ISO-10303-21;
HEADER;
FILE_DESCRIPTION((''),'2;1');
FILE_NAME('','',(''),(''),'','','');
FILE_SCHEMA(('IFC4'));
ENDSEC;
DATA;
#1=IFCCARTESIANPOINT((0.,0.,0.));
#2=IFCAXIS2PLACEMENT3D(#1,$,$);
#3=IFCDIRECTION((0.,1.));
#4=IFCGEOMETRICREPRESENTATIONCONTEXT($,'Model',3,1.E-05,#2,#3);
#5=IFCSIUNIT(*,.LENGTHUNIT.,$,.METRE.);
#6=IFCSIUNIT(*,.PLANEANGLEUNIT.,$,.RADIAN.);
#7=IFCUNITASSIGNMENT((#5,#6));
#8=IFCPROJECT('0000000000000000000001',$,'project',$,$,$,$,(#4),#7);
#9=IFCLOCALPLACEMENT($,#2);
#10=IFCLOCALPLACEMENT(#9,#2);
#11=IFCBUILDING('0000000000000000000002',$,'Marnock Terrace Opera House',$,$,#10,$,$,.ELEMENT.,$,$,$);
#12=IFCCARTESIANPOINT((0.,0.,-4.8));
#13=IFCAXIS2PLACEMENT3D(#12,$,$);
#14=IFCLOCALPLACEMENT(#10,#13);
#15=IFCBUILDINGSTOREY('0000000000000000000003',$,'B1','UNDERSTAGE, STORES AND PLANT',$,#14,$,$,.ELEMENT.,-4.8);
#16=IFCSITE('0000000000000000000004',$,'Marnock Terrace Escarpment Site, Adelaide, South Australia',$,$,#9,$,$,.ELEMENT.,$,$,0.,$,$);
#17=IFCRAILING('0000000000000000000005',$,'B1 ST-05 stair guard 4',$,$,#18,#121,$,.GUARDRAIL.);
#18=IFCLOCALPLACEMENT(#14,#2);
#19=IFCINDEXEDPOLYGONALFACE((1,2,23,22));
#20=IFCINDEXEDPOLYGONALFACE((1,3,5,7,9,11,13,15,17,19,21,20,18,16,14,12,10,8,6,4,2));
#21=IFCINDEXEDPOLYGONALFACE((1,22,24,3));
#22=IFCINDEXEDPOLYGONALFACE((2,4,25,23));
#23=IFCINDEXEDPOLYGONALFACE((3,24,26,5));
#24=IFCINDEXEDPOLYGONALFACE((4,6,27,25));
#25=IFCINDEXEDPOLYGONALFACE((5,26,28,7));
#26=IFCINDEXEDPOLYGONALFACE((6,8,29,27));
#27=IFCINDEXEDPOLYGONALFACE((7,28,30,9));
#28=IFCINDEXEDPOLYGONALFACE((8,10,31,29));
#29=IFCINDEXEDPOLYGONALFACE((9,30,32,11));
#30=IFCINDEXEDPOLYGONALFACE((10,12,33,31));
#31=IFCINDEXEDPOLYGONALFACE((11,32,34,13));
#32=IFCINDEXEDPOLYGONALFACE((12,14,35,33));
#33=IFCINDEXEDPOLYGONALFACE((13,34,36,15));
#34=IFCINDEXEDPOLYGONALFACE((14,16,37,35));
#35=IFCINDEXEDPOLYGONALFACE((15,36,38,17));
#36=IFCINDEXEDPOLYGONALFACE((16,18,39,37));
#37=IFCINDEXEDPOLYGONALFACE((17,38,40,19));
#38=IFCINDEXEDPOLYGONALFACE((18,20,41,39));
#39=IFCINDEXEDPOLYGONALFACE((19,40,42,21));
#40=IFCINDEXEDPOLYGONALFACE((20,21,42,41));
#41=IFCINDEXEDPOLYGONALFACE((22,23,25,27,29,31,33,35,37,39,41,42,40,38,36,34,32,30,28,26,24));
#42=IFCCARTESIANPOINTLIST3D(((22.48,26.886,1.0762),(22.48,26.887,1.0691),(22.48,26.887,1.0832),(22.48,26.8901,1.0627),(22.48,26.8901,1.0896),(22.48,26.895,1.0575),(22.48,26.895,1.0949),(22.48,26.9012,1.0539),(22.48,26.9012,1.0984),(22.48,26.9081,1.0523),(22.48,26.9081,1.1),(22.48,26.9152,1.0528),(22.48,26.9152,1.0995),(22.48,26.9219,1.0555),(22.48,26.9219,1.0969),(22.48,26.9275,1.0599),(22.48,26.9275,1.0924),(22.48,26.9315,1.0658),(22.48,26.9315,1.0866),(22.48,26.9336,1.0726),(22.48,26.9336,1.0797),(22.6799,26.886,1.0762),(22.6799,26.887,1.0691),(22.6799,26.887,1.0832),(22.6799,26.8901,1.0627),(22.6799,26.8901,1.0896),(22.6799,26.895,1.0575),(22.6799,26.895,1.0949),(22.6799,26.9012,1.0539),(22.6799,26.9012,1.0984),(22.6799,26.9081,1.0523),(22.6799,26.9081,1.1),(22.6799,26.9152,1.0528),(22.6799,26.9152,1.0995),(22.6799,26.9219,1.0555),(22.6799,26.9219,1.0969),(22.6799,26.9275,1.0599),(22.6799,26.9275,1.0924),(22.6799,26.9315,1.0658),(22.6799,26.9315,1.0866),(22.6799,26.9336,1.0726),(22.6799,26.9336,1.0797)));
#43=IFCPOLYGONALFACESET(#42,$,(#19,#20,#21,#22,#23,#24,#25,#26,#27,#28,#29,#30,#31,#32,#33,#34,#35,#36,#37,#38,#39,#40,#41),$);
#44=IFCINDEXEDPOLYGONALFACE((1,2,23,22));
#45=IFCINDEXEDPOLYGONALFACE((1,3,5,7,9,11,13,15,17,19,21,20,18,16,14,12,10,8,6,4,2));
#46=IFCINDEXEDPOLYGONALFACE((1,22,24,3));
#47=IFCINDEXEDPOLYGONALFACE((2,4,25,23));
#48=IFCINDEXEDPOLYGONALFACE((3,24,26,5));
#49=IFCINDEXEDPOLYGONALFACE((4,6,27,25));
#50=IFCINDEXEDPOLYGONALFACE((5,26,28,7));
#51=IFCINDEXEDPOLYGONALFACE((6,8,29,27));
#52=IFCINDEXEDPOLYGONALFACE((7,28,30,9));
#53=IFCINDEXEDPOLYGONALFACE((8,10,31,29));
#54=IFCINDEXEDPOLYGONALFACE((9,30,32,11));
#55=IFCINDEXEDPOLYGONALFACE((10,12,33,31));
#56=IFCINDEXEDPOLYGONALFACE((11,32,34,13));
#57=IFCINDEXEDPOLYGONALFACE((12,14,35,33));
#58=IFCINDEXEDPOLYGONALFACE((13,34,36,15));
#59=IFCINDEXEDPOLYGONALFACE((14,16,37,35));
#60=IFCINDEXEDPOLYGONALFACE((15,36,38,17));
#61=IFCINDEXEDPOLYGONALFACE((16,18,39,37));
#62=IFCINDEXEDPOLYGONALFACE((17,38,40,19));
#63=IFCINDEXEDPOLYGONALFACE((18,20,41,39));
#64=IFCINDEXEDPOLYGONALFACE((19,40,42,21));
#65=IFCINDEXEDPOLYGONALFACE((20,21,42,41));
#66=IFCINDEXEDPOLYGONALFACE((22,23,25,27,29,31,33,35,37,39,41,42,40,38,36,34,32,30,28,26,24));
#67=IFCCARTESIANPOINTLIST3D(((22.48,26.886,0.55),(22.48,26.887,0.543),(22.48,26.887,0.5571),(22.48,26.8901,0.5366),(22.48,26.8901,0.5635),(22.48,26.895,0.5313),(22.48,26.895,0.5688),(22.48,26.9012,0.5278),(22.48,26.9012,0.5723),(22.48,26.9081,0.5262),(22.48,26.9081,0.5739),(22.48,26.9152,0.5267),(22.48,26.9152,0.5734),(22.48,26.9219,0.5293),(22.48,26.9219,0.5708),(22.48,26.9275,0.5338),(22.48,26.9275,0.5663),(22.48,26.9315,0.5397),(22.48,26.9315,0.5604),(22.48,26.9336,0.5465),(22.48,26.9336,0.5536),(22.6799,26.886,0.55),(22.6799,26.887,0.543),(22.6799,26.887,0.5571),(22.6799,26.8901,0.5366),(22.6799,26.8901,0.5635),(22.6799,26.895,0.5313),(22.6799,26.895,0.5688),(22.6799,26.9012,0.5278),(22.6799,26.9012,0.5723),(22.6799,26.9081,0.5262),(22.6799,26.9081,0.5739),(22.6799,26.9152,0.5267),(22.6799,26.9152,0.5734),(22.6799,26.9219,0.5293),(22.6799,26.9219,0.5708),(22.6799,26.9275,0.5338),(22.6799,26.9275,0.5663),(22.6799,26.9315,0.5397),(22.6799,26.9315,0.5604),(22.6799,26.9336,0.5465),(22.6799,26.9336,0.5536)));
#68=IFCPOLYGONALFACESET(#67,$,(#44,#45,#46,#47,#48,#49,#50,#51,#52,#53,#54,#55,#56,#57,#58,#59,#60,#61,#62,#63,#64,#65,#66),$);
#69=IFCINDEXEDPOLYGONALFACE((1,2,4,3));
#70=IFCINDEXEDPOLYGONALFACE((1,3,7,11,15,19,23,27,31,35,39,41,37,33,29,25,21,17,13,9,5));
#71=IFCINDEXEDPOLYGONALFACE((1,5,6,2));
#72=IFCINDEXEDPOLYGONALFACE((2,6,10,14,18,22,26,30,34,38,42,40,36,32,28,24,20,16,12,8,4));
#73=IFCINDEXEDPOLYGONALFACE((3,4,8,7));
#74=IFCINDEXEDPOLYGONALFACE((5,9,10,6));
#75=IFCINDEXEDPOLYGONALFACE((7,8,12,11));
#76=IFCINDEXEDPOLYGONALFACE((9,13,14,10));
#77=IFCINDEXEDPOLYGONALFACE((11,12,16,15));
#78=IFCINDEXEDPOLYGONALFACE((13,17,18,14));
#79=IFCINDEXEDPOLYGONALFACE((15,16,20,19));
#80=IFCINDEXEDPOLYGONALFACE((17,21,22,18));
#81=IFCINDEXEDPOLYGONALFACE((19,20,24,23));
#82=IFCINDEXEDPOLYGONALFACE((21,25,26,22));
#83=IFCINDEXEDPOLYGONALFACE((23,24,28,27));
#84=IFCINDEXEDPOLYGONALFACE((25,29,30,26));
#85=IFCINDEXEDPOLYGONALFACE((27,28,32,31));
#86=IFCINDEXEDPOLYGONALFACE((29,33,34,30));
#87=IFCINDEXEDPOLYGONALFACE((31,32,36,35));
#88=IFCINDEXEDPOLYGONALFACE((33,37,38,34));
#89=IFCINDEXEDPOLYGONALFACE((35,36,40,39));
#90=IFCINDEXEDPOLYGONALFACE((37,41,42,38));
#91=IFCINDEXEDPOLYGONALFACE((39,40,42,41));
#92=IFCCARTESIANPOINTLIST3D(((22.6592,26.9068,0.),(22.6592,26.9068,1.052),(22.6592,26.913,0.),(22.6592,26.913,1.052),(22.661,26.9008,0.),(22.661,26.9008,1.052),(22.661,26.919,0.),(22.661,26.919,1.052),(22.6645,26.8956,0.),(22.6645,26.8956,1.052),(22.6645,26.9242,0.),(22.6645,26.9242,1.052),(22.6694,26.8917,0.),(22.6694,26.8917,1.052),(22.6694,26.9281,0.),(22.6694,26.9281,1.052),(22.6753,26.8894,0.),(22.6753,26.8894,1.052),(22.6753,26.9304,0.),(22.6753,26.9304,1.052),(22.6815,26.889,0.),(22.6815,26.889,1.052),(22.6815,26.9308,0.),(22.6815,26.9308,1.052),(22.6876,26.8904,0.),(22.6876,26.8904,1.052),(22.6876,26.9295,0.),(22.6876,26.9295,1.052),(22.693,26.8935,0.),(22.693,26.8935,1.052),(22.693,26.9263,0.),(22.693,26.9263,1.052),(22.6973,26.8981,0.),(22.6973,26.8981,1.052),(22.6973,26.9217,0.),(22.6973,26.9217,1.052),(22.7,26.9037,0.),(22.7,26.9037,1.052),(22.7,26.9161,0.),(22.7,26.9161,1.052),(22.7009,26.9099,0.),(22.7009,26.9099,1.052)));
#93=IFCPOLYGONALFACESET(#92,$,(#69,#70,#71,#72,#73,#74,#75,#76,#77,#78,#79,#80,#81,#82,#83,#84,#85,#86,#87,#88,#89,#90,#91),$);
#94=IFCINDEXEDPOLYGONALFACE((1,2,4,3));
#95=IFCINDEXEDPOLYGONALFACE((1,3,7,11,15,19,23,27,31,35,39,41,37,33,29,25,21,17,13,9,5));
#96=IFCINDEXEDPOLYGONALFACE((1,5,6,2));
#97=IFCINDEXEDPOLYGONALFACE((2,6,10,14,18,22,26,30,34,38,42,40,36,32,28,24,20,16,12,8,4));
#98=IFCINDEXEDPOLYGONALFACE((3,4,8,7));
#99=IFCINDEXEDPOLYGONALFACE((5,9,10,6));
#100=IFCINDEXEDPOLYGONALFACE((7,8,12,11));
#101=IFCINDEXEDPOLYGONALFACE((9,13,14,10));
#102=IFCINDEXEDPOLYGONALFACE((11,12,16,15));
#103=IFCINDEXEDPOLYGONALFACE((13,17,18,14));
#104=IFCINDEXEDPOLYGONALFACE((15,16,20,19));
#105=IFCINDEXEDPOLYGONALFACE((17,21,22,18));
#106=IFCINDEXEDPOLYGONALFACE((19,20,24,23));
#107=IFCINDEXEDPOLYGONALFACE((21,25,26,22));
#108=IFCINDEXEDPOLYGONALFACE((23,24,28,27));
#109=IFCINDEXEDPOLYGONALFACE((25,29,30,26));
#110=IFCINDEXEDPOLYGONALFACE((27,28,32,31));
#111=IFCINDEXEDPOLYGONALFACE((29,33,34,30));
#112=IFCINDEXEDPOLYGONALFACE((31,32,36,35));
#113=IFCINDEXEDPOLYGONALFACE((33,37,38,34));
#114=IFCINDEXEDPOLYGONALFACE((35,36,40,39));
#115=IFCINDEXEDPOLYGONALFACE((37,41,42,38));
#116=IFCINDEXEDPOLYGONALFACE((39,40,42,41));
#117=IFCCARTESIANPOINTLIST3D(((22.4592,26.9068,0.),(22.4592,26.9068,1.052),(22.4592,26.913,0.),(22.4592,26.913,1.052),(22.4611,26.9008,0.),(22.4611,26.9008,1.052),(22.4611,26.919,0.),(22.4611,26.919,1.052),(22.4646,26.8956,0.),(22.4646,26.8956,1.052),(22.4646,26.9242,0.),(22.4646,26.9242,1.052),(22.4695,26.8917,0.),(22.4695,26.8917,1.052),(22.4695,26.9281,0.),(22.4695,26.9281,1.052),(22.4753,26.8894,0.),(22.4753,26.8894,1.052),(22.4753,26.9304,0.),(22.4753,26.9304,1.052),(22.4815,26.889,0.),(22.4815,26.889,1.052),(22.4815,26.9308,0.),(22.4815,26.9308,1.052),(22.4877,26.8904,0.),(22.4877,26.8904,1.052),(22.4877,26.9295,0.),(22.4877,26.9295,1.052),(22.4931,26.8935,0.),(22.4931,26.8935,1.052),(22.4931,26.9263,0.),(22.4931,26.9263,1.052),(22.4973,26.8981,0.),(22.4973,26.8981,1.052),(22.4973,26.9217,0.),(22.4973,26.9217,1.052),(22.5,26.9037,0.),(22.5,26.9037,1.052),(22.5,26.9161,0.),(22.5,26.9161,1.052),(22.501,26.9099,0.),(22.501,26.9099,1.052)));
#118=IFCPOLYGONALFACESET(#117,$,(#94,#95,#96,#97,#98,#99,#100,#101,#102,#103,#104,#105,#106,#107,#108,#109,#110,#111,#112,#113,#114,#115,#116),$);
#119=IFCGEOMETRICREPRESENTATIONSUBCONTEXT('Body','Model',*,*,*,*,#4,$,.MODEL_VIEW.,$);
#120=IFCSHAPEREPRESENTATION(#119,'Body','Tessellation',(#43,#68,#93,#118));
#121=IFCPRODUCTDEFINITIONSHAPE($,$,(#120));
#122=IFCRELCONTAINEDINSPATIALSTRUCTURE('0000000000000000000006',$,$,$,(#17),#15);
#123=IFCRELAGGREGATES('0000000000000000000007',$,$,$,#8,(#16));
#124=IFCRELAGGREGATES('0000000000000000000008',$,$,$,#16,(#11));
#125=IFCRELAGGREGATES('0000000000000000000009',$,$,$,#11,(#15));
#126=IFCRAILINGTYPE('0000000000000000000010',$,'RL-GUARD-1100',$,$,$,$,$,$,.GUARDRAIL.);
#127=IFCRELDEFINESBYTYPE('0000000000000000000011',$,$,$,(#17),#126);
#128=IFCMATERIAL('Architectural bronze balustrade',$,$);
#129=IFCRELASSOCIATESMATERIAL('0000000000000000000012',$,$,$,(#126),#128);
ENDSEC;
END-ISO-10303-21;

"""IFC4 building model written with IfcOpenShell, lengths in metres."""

from ifc_helpers import new_model, si_unit, direction, frame, origin, origin_2d, place, context, subcontext, project, spatial, circle, extrude, material, type_object, element, save


model = new_model("IFC4")

# Units and contexts
model_context = context("Model", 3, precision=1e-05, world=origin(), true_north=direction((0.0, 1.0)))
body_context = subcontext(model_context, "Body", "Model", "MODEL_VIEW")
ifc_project = project(units=[si_unit("LENGTHUNIT", "METRE"), si_unit("PLANEANGLEUNIT", "RADIAN")], contexts=[model_context])

# Site, building, storey
site_placement = place(None, origin())
site = spatial("IfcSite", under=ifc_project, at=site_placement, Name="Marnock Terrace Escarpment Site, Adelaide, South Australia", CompositionType="ELEMENT", RefElevation=0.0)
building_placement = place(site_placement, origin())
building = spatial("IfcBuilding", under=site, at=building_placement, Name="Marnock Terrace Opera House", CompositionType="ELEMENT")
storey_placement = place(building_placement, frame((0.0, 0.0, -4.8)))
storey = spatial("IfcBuildingStorey", under=building, at=storey_placement, Name="B1", Description="UNDERSTAGE, STORES AND PLANT", CompositionType="ELEMENT", Elevation=-4.8)

# Railing
ifc_material_1 = material(Name="Architectural bronze balustrade")
railing_type_1 = type_object("IfcRailingType", Name="RL-GUARD-1100", PredefinedType="GUARDRAIL", material=ifc_material_1)
railing_1_placement = place(storey_placement, frame((22.6799, 26.9099, 0.0)))
element("IfcRailing", 1, at=railing_1_placement, inside=storey, type_object=railing_type_1, Name="B1 ST-05 stair guard 4", PredefinedType="GUARDRAIL", context=body_context, shape_type="SweptSolid", body=[
    extrude(circle(Radius=0.0239, at=origin_2d()), frame((0.0, 0.0, 1.0762), z_axis=(-1.0, 0.0, 0.0), x_axis=(0.0, -1.0, 0.0)), (0.0, 0.0, 1.0), 0.2),
    extrude(circle(Radius=0.0239, at=origin_2d()), frame((0.0, 0.0, 0.55), z_axis=(-1.0, 0.0, 0.0), x_axis=(0.0, -1.0, 0.0)), (0.0, 0.0, 1.0), 0.2),
    extrude(circle(Radius=0.021, at=origin_2d()), origin(), (0.0, 0.0, 1.0), 1.052),
    extrude(circle(Radius=0.021, at=origin_2d()), frame((-0.2, 0.0, 0.0)), (0.0, 0.0, 1.0), 1.052),
])

save(model, "model.ifc")
